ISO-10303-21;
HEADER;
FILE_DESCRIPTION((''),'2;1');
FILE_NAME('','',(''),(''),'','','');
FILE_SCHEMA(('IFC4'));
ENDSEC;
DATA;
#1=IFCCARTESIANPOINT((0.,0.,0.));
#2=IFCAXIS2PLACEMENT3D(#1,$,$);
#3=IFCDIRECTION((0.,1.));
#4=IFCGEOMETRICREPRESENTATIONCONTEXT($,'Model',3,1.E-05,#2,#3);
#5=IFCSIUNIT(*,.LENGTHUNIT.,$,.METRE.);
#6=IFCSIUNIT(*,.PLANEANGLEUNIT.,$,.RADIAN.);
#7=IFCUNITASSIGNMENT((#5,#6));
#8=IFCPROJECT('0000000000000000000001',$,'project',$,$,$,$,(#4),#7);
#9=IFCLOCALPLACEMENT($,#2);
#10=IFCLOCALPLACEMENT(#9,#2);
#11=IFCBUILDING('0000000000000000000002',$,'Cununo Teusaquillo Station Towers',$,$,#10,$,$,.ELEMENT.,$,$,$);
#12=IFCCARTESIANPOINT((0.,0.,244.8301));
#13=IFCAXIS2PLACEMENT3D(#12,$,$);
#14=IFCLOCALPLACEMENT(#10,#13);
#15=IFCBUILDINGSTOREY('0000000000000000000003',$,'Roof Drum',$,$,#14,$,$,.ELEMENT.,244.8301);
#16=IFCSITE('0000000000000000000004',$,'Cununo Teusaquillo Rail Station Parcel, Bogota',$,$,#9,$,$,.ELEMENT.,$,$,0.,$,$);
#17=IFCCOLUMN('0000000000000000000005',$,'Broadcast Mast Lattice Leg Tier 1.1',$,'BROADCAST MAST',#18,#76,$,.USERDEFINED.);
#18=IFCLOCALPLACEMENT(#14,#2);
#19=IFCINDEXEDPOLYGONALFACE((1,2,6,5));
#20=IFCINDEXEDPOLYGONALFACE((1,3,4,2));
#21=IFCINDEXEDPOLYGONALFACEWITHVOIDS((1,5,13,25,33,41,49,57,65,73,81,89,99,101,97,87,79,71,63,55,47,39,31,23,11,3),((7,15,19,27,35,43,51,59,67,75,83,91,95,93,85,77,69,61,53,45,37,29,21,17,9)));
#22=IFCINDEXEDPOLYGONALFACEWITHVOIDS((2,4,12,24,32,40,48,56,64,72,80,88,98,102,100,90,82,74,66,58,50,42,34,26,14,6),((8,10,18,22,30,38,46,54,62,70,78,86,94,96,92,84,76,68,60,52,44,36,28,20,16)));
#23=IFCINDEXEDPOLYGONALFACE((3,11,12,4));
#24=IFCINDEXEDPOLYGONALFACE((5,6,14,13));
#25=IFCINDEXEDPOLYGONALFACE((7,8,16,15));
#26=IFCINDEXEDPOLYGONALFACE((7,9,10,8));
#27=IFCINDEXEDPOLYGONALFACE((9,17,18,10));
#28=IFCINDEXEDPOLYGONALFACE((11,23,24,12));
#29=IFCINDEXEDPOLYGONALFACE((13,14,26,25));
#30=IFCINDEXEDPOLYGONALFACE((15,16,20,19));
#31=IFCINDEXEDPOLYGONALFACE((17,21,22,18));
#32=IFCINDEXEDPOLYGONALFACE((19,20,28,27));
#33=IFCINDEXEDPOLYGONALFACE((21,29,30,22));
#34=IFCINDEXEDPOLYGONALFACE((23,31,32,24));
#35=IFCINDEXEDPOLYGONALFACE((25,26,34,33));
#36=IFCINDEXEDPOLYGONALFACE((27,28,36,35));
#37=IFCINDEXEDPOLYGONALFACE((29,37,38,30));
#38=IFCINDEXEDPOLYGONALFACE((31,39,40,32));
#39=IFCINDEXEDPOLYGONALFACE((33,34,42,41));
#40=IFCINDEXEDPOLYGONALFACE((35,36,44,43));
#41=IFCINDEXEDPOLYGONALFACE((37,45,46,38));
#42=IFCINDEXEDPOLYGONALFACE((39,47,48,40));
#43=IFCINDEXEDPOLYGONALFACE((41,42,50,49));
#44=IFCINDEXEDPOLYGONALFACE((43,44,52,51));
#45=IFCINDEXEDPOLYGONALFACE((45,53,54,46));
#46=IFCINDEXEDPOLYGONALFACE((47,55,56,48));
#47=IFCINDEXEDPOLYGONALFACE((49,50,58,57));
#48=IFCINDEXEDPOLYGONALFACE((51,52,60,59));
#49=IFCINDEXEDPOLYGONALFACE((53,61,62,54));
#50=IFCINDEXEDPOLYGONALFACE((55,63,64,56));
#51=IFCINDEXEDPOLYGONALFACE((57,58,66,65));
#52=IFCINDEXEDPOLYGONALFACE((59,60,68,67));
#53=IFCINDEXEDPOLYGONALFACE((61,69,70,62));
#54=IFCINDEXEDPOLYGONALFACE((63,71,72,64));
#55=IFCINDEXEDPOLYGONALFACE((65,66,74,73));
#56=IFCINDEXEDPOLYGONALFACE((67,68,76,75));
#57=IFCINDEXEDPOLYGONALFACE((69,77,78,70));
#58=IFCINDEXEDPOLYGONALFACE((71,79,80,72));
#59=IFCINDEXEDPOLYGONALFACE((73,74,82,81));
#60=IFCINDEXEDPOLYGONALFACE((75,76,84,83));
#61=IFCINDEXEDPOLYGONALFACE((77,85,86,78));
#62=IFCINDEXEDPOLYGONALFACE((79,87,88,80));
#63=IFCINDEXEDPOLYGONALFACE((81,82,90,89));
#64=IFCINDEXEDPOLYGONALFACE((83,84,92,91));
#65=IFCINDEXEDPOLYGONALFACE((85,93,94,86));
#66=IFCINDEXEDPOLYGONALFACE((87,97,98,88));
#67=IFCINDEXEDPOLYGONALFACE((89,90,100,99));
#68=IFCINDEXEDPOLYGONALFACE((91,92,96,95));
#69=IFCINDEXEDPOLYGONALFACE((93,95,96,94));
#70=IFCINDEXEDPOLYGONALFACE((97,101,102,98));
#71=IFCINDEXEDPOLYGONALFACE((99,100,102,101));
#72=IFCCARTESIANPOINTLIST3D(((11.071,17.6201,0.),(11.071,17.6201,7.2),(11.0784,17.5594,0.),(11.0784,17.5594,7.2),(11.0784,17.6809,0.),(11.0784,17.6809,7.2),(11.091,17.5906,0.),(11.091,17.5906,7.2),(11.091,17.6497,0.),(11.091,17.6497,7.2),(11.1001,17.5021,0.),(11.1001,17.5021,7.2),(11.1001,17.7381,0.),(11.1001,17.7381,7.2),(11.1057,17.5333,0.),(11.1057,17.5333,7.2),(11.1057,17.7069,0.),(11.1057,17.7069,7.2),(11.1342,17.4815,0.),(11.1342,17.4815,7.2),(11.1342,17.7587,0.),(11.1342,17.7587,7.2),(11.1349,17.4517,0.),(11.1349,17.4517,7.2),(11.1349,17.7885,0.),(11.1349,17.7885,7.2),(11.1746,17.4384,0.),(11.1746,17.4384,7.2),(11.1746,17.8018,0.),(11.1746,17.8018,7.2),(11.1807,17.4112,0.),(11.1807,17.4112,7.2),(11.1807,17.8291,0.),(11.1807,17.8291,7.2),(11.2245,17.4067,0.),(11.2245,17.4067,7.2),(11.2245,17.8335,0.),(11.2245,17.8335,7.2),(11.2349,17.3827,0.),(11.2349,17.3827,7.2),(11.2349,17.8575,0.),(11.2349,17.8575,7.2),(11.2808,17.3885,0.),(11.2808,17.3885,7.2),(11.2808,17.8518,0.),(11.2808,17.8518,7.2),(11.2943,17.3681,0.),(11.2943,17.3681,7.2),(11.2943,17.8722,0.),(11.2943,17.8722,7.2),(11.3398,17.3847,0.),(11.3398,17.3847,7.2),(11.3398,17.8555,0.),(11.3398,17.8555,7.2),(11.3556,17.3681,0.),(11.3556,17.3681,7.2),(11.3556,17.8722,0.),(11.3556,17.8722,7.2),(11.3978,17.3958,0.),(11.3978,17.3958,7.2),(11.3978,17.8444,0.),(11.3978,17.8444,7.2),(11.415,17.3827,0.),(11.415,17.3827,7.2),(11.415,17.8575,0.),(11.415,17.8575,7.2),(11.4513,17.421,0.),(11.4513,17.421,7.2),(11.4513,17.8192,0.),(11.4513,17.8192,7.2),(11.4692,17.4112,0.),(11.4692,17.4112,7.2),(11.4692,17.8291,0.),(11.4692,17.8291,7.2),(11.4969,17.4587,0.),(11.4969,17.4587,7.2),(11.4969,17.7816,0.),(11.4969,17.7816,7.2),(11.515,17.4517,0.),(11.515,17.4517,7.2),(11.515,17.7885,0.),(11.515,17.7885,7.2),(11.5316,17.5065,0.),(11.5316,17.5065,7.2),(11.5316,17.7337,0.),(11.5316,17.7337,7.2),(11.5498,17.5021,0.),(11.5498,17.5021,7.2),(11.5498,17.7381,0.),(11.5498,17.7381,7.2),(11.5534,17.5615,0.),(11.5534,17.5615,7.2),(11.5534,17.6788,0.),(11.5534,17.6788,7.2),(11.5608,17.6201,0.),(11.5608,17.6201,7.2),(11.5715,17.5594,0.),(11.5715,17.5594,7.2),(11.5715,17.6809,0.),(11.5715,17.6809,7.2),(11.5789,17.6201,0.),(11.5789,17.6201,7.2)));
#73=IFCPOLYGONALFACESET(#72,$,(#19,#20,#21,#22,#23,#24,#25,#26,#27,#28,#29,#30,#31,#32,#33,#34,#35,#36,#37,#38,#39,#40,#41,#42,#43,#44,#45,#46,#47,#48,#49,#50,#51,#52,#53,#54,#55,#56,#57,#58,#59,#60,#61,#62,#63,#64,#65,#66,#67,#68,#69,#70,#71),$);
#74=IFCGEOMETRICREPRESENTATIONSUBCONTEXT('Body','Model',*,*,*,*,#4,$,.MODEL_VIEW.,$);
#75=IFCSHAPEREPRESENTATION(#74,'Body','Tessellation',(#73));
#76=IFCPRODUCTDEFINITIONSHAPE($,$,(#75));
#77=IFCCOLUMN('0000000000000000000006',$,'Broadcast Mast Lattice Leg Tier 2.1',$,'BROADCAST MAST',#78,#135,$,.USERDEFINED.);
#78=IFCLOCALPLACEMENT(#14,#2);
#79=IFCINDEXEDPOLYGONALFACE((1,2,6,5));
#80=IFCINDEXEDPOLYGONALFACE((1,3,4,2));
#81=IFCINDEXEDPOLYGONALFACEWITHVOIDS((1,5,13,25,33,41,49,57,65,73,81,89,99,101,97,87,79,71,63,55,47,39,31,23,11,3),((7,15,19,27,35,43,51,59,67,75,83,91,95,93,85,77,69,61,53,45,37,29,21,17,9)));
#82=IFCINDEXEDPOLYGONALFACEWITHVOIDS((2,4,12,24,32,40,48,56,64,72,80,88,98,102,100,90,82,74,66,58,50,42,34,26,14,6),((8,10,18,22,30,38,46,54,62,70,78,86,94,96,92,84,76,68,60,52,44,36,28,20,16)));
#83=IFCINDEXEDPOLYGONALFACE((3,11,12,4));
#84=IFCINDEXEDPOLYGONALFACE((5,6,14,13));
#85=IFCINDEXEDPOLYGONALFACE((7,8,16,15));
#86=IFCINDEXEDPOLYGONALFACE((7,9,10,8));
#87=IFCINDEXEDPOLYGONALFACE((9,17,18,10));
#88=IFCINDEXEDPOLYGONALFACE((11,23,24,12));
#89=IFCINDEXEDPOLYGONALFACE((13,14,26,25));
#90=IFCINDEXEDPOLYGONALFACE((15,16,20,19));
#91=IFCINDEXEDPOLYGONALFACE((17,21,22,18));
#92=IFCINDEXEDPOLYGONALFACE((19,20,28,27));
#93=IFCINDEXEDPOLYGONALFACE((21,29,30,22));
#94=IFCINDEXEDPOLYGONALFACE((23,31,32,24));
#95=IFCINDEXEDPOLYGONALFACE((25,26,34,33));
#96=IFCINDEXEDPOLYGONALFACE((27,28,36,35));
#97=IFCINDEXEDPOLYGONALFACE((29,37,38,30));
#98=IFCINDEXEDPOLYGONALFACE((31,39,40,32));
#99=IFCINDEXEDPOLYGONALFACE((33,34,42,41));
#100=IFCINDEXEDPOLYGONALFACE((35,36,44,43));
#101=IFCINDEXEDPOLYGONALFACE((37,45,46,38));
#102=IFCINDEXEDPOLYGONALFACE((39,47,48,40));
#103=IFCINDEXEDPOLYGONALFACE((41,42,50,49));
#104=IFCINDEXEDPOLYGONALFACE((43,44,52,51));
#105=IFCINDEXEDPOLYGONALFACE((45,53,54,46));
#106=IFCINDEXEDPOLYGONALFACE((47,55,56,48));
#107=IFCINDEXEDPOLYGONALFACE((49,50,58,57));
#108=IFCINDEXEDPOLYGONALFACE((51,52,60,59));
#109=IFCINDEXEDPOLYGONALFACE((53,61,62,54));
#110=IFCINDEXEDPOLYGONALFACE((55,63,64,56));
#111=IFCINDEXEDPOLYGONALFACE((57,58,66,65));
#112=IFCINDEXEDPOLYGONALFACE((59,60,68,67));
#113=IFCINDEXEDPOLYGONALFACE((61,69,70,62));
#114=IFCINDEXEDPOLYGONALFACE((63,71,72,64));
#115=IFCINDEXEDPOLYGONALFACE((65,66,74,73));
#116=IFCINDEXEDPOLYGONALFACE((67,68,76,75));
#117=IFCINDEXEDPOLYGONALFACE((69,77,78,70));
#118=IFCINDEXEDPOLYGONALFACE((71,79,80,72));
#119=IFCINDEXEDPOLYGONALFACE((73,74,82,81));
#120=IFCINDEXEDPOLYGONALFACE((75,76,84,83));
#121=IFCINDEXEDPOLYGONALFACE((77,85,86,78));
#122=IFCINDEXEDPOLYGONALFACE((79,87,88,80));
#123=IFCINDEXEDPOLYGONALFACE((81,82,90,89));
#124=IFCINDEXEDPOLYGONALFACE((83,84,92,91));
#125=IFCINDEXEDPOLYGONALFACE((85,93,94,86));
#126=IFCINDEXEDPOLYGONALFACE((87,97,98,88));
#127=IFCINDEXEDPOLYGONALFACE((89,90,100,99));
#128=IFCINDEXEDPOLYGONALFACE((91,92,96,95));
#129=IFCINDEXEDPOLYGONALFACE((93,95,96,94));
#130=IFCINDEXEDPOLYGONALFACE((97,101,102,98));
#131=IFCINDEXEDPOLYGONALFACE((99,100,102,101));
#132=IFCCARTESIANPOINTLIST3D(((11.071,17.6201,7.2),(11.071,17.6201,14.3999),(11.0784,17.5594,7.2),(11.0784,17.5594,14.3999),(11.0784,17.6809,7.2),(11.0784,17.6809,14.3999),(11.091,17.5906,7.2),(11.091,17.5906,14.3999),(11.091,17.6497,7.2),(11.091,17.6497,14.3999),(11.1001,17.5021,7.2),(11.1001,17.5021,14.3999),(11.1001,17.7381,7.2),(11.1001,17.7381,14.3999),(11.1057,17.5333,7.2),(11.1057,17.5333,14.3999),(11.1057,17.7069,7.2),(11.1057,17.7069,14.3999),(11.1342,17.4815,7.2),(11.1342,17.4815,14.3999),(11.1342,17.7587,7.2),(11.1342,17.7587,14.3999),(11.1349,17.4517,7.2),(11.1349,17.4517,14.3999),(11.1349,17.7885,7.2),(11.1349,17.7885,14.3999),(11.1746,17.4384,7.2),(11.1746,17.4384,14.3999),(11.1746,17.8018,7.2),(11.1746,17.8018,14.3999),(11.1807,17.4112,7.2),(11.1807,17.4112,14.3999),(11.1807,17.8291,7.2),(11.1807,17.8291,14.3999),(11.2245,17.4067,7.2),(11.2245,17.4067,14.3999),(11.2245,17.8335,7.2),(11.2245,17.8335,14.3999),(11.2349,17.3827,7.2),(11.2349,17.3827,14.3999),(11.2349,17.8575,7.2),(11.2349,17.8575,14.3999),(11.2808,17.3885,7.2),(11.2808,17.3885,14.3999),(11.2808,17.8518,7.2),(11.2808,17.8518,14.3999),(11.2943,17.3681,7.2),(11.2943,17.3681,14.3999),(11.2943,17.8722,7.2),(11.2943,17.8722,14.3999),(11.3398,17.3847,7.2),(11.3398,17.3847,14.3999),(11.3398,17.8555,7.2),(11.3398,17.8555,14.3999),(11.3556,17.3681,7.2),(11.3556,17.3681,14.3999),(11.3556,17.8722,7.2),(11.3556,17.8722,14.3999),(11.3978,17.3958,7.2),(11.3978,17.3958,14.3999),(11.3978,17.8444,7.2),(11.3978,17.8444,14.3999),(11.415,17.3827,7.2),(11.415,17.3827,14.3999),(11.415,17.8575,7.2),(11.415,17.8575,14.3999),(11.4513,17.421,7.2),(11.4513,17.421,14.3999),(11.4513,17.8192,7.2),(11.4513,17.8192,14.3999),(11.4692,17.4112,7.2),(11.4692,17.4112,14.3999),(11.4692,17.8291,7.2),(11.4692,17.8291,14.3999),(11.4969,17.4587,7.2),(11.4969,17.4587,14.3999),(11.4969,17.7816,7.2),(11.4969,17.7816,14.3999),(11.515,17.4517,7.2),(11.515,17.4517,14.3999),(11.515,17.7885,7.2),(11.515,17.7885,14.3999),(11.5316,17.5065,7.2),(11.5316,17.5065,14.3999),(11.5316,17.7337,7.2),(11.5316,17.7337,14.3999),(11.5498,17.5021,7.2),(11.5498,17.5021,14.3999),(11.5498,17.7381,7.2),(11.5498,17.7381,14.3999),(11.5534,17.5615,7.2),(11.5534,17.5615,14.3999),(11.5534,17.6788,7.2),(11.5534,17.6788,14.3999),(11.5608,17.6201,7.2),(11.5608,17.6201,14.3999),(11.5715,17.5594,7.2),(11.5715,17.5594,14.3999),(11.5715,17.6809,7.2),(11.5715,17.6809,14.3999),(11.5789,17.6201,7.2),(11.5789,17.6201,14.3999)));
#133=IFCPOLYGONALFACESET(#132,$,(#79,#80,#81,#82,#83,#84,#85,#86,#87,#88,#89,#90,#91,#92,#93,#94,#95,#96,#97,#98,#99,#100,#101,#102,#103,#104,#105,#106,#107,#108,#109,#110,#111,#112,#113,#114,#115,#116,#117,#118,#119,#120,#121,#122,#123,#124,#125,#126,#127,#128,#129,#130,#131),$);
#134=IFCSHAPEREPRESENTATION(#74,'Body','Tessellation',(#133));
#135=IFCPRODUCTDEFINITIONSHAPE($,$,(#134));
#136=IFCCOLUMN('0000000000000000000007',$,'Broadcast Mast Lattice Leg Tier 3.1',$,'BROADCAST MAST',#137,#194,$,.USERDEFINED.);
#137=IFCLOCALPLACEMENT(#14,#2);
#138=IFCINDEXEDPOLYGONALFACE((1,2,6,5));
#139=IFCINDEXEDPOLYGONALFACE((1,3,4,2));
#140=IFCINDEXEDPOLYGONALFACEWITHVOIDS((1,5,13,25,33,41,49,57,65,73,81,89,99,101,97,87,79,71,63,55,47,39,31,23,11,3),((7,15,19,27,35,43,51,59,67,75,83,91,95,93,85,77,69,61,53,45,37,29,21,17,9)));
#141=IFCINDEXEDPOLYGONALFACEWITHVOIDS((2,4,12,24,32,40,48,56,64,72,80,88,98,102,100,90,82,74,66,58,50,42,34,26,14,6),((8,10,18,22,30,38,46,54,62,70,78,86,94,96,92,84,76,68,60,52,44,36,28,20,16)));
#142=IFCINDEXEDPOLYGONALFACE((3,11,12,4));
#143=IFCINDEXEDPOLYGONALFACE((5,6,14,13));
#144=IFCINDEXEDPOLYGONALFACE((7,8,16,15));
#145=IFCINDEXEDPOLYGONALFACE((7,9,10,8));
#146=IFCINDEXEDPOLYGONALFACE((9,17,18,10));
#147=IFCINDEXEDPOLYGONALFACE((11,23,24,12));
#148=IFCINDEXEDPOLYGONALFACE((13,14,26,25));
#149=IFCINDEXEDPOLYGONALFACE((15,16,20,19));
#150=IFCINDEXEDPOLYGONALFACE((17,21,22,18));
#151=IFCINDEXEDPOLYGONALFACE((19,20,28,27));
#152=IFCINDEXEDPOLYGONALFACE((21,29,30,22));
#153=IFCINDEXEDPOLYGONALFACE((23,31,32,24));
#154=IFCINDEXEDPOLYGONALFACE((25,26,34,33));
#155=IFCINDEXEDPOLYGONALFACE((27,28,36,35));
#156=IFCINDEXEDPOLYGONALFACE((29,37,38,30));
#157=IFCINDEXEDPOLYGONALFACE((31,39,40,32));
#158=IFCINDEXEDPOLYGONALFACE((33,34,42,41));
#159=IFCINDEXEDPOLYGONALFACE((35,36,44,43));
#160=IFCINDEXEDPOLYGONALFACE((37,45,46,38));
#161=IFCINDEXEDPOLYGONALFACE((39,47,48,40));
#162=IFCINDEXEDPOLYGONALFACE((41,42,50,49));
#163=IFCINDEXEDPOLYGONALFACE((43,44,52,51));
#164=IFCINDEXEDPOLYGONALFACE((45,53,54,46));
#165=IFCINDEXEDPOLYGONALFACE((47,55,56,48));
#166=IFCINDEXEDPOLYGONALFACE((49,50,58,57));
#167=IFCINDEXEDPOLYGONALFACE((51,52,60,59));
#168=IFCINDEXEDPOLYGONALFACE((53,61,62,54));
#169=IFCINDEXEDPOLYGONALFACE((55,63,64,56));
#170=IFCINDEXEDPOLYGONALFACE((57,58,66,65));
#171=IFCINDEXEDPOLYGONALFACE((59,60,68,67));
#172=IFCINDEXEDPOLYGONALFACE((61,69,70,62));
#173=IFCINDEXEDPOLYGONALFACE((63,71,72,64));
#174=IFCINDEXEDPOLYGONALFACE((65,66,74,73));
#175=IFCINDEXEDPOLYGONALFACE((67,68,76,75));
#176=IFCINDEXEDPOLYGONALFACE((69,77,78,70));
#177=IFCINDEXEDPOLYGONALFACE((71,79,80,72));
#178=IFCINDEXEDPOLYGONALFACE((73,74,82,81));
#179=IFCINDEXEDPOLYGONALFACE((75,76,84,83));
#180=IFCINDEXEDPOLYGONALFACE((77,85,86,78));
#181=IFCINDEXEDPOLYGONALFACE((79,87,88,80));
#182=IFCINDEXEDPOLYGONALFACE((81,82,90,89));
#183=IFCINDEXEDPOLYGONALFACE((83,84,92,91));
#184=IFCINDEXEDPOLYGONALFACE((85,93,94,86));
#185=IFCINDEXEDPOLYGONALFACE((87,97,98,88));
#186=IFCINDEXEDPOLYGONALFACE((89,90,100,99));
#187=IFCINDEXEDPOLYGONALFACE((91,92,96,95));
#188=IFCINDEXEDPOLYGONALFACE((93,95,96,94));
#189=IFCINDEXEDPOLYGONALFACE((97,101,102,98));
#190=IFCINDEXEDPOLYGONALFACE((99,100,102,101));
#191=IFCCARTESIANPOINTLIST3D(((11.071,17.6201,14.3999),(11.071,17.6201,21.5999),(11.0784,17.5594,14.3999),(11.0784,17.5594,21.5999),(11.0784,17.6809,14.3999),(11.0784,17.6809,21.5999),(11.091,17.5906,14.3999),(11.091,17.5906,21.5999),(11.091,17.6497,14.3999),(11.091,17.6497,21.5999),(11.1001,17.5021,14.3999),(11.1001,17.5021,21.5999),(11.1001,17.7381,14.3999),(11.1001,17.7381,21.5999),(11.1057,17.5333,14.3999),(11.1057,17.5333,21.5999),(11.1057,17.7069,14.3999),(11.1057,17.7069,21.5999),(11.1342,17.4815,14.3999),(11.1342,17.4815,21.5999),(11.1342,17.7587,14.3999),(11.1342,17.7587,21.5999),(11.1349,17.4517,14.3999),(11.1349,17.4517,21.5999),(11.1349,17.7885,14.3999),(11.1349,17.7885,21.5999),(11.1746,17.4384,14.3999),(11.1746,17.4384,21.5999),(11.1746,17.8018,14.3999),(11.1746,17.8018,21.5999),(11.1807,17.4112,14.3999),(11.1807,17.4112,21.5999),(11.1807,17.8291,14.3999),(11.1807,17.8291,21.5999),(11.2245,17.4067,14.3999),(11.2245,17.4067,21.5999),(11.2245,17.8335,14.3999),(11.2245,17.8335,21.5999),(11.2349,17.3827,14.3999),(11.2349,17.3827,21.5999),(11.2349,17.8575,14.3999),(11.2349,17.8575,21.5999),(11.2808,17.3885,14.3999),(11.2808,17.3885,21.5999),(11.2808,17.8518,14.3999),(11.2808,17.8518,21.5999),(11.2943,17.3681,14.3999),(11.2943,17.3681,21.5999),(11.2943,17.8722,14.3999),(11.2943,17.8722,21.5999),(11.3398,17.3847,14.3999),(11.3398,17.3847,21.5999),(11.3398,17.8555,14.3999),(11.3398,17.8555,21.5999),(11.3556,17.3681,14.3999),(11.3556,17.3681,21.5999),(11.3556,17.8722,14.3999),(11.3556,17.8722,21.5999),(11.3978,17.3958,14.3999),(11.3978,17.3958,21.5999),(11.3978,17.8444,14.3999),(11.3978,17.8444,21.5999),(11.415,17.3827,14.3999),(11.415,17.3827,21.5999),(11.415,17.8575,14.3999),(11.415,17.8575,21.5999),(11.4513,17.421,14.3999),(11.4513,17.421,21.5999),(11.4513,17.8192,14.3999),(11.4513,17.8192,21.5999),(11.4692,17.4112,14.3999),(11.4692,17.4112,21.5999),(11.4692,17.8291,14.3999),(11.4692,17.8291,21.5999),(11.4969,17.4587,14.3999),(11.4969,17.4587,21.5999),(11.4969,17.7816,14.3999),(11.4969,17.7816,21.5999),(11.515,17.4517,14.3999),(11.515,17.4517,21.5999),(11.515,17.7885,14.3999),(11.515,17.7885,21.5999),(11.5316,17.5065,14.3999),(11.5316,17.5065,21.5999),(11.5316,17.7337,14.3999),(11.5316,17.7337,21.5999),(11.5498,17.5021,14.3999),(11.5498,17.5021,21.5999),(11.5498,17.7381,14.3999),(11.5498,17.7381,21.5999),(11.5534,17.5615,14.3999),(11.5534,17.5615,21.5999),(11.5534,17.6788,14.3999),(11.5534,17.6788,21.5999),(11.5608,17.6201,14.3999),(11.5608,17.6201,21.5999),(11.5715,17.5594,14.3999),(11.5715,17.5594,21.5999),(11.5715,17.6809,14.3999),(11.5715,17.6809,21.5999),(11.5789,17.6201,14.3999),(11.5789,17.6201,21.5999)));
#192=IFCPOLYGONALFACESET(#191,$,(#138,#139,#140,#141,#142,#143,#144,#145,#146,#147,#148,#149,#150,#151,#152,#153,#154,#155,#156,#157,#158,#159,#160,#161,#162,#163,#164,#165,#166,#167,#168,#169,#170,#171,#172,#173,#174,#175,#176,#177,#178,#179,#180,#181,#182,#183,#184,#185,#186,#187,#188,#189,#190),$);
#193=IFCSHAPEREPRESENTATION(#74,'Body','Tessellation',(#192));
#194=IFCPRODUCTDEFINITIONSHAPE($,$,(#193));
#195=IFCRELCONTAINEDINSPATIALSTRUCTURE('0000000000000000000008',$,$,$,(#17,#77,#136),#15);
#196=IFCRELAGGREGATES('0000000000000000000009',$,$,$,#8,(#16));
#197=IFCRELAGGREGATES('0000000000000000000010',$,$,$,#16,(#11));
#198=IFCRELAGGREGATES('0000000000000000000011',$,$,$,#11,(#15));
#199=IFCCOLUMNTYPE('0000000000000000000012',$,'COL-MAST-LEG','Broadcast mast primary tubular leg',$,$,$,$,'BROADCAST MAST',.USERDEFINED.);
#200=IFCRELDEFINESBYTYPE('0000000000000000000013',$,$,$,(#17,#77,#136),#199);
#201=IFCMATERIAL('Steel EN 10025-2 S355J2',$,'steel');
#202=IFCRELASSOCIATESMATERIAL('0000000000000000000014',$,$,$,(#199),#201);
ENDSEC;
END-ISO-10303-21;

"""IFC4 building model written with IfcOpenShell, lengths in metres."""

from ifc_helpers import new_model, si_unit, direction, frame, origin, origin_2d, place, context, subcontext, project, spatial, hollow_circle, extrude, material, material_profile, profile_set, type_object, element, save


model = new_model("IFC4")

# Units and contexts
model_context = context("Model", 3, precision=1e-05, world=origin(), true_north=direction((0.0, 1.0)))
body_context = subcontext(model_context, "Body", "Model", "MODEL_VIEW")
ifc_project = project(units=[si_unit("LENGTHUNIT", "METRE"), si_unit("PLANEANGLEUNIT", "RADIAN")], contexts=[model_context])

# Site, building, storey
site_placement = place(None, origin())
site = spatial("IfcSite", under=ifc_project, at=site_placement, Name="Cununo Teusaquillo Rail Station Parcel, Bogota", CompositionType="ELEMENT", RefElevation=0.0)
building_placement = place(site_placement, origin())
building = spatial("IfcBuilding", under=site, at=building_placement, Name="Cununo Teusaquillo Station Towers", CompositionType="ELEMENT")
storey_placement = place(building_placement, frame((0.0, 0.0, 244.8301)))
storey = spatial("IfcBuildingStorey", under=building, at=storey_placement, Name="Roof Drum", CompositionType="ELEMENT", Elevation=244.8301)

# Columns
ifc_material_1 = material(Name="Steel EN 10025-2 S355J2", Category="steel")
ifc_material_profile_1 = material_profile(ifc_material_1, hollow_circle(Radius=0.2539, WallThickness=0.0181, at=origin_2d()), Name="CHS 508x18")
ifc_profile_set_1 = profile_set([ifc_material_profile_1], Name="Steel EN 10025-2 S355J2")
column_type = type_object("IfcColumnType", Name="COL-MAST-LEG", Description="Broadcast mast primary tubular leg", ElementType="BROADCAST MAST", PredefinedType="USERDEFINED", material=ifc_profile_set_1)
for number, where, z_axis, x_axis, name in (
    (1, (11.325, 17.6201, 0.0), (0.0, 0.0, 1.0), (1.0, 0.0, 0.0), "Broadcast Mast Lattice Leg Tier 1.1"),
    (2, (11.325, 17.6201, 7.2), (0.0, 0.0, 1.0), (1.0, 0.0, 0.0), "Broadcast Mast Lattice Leg Tier 2.1"),
    (3, (11.325, 17.6201, 14.3999), (0.0, 0.0, 1.0), (1.0, 0.0, 0.0), "Broadcast Mast Lattice Leg Tier 3.1"),
):
    element("IfcColumn", number, at=place(storey_placement, frame(where, z_axis=z_axis, x_axis=x_axis)), inside=storey, type_object=column_type, Name=name, ObjectType="BROADCAST MAST", PredefinedType="USERDEFINED", context=body_context, shape_type="SweptSolid", body=[
        extrude(hollow_circle(Radius=0.2539, WallThickness=0.0181, at=origin_2d()), origin(), (0.0, 0.0, 1.0), 7.2),
    ])

save(model, "model.ifc")
